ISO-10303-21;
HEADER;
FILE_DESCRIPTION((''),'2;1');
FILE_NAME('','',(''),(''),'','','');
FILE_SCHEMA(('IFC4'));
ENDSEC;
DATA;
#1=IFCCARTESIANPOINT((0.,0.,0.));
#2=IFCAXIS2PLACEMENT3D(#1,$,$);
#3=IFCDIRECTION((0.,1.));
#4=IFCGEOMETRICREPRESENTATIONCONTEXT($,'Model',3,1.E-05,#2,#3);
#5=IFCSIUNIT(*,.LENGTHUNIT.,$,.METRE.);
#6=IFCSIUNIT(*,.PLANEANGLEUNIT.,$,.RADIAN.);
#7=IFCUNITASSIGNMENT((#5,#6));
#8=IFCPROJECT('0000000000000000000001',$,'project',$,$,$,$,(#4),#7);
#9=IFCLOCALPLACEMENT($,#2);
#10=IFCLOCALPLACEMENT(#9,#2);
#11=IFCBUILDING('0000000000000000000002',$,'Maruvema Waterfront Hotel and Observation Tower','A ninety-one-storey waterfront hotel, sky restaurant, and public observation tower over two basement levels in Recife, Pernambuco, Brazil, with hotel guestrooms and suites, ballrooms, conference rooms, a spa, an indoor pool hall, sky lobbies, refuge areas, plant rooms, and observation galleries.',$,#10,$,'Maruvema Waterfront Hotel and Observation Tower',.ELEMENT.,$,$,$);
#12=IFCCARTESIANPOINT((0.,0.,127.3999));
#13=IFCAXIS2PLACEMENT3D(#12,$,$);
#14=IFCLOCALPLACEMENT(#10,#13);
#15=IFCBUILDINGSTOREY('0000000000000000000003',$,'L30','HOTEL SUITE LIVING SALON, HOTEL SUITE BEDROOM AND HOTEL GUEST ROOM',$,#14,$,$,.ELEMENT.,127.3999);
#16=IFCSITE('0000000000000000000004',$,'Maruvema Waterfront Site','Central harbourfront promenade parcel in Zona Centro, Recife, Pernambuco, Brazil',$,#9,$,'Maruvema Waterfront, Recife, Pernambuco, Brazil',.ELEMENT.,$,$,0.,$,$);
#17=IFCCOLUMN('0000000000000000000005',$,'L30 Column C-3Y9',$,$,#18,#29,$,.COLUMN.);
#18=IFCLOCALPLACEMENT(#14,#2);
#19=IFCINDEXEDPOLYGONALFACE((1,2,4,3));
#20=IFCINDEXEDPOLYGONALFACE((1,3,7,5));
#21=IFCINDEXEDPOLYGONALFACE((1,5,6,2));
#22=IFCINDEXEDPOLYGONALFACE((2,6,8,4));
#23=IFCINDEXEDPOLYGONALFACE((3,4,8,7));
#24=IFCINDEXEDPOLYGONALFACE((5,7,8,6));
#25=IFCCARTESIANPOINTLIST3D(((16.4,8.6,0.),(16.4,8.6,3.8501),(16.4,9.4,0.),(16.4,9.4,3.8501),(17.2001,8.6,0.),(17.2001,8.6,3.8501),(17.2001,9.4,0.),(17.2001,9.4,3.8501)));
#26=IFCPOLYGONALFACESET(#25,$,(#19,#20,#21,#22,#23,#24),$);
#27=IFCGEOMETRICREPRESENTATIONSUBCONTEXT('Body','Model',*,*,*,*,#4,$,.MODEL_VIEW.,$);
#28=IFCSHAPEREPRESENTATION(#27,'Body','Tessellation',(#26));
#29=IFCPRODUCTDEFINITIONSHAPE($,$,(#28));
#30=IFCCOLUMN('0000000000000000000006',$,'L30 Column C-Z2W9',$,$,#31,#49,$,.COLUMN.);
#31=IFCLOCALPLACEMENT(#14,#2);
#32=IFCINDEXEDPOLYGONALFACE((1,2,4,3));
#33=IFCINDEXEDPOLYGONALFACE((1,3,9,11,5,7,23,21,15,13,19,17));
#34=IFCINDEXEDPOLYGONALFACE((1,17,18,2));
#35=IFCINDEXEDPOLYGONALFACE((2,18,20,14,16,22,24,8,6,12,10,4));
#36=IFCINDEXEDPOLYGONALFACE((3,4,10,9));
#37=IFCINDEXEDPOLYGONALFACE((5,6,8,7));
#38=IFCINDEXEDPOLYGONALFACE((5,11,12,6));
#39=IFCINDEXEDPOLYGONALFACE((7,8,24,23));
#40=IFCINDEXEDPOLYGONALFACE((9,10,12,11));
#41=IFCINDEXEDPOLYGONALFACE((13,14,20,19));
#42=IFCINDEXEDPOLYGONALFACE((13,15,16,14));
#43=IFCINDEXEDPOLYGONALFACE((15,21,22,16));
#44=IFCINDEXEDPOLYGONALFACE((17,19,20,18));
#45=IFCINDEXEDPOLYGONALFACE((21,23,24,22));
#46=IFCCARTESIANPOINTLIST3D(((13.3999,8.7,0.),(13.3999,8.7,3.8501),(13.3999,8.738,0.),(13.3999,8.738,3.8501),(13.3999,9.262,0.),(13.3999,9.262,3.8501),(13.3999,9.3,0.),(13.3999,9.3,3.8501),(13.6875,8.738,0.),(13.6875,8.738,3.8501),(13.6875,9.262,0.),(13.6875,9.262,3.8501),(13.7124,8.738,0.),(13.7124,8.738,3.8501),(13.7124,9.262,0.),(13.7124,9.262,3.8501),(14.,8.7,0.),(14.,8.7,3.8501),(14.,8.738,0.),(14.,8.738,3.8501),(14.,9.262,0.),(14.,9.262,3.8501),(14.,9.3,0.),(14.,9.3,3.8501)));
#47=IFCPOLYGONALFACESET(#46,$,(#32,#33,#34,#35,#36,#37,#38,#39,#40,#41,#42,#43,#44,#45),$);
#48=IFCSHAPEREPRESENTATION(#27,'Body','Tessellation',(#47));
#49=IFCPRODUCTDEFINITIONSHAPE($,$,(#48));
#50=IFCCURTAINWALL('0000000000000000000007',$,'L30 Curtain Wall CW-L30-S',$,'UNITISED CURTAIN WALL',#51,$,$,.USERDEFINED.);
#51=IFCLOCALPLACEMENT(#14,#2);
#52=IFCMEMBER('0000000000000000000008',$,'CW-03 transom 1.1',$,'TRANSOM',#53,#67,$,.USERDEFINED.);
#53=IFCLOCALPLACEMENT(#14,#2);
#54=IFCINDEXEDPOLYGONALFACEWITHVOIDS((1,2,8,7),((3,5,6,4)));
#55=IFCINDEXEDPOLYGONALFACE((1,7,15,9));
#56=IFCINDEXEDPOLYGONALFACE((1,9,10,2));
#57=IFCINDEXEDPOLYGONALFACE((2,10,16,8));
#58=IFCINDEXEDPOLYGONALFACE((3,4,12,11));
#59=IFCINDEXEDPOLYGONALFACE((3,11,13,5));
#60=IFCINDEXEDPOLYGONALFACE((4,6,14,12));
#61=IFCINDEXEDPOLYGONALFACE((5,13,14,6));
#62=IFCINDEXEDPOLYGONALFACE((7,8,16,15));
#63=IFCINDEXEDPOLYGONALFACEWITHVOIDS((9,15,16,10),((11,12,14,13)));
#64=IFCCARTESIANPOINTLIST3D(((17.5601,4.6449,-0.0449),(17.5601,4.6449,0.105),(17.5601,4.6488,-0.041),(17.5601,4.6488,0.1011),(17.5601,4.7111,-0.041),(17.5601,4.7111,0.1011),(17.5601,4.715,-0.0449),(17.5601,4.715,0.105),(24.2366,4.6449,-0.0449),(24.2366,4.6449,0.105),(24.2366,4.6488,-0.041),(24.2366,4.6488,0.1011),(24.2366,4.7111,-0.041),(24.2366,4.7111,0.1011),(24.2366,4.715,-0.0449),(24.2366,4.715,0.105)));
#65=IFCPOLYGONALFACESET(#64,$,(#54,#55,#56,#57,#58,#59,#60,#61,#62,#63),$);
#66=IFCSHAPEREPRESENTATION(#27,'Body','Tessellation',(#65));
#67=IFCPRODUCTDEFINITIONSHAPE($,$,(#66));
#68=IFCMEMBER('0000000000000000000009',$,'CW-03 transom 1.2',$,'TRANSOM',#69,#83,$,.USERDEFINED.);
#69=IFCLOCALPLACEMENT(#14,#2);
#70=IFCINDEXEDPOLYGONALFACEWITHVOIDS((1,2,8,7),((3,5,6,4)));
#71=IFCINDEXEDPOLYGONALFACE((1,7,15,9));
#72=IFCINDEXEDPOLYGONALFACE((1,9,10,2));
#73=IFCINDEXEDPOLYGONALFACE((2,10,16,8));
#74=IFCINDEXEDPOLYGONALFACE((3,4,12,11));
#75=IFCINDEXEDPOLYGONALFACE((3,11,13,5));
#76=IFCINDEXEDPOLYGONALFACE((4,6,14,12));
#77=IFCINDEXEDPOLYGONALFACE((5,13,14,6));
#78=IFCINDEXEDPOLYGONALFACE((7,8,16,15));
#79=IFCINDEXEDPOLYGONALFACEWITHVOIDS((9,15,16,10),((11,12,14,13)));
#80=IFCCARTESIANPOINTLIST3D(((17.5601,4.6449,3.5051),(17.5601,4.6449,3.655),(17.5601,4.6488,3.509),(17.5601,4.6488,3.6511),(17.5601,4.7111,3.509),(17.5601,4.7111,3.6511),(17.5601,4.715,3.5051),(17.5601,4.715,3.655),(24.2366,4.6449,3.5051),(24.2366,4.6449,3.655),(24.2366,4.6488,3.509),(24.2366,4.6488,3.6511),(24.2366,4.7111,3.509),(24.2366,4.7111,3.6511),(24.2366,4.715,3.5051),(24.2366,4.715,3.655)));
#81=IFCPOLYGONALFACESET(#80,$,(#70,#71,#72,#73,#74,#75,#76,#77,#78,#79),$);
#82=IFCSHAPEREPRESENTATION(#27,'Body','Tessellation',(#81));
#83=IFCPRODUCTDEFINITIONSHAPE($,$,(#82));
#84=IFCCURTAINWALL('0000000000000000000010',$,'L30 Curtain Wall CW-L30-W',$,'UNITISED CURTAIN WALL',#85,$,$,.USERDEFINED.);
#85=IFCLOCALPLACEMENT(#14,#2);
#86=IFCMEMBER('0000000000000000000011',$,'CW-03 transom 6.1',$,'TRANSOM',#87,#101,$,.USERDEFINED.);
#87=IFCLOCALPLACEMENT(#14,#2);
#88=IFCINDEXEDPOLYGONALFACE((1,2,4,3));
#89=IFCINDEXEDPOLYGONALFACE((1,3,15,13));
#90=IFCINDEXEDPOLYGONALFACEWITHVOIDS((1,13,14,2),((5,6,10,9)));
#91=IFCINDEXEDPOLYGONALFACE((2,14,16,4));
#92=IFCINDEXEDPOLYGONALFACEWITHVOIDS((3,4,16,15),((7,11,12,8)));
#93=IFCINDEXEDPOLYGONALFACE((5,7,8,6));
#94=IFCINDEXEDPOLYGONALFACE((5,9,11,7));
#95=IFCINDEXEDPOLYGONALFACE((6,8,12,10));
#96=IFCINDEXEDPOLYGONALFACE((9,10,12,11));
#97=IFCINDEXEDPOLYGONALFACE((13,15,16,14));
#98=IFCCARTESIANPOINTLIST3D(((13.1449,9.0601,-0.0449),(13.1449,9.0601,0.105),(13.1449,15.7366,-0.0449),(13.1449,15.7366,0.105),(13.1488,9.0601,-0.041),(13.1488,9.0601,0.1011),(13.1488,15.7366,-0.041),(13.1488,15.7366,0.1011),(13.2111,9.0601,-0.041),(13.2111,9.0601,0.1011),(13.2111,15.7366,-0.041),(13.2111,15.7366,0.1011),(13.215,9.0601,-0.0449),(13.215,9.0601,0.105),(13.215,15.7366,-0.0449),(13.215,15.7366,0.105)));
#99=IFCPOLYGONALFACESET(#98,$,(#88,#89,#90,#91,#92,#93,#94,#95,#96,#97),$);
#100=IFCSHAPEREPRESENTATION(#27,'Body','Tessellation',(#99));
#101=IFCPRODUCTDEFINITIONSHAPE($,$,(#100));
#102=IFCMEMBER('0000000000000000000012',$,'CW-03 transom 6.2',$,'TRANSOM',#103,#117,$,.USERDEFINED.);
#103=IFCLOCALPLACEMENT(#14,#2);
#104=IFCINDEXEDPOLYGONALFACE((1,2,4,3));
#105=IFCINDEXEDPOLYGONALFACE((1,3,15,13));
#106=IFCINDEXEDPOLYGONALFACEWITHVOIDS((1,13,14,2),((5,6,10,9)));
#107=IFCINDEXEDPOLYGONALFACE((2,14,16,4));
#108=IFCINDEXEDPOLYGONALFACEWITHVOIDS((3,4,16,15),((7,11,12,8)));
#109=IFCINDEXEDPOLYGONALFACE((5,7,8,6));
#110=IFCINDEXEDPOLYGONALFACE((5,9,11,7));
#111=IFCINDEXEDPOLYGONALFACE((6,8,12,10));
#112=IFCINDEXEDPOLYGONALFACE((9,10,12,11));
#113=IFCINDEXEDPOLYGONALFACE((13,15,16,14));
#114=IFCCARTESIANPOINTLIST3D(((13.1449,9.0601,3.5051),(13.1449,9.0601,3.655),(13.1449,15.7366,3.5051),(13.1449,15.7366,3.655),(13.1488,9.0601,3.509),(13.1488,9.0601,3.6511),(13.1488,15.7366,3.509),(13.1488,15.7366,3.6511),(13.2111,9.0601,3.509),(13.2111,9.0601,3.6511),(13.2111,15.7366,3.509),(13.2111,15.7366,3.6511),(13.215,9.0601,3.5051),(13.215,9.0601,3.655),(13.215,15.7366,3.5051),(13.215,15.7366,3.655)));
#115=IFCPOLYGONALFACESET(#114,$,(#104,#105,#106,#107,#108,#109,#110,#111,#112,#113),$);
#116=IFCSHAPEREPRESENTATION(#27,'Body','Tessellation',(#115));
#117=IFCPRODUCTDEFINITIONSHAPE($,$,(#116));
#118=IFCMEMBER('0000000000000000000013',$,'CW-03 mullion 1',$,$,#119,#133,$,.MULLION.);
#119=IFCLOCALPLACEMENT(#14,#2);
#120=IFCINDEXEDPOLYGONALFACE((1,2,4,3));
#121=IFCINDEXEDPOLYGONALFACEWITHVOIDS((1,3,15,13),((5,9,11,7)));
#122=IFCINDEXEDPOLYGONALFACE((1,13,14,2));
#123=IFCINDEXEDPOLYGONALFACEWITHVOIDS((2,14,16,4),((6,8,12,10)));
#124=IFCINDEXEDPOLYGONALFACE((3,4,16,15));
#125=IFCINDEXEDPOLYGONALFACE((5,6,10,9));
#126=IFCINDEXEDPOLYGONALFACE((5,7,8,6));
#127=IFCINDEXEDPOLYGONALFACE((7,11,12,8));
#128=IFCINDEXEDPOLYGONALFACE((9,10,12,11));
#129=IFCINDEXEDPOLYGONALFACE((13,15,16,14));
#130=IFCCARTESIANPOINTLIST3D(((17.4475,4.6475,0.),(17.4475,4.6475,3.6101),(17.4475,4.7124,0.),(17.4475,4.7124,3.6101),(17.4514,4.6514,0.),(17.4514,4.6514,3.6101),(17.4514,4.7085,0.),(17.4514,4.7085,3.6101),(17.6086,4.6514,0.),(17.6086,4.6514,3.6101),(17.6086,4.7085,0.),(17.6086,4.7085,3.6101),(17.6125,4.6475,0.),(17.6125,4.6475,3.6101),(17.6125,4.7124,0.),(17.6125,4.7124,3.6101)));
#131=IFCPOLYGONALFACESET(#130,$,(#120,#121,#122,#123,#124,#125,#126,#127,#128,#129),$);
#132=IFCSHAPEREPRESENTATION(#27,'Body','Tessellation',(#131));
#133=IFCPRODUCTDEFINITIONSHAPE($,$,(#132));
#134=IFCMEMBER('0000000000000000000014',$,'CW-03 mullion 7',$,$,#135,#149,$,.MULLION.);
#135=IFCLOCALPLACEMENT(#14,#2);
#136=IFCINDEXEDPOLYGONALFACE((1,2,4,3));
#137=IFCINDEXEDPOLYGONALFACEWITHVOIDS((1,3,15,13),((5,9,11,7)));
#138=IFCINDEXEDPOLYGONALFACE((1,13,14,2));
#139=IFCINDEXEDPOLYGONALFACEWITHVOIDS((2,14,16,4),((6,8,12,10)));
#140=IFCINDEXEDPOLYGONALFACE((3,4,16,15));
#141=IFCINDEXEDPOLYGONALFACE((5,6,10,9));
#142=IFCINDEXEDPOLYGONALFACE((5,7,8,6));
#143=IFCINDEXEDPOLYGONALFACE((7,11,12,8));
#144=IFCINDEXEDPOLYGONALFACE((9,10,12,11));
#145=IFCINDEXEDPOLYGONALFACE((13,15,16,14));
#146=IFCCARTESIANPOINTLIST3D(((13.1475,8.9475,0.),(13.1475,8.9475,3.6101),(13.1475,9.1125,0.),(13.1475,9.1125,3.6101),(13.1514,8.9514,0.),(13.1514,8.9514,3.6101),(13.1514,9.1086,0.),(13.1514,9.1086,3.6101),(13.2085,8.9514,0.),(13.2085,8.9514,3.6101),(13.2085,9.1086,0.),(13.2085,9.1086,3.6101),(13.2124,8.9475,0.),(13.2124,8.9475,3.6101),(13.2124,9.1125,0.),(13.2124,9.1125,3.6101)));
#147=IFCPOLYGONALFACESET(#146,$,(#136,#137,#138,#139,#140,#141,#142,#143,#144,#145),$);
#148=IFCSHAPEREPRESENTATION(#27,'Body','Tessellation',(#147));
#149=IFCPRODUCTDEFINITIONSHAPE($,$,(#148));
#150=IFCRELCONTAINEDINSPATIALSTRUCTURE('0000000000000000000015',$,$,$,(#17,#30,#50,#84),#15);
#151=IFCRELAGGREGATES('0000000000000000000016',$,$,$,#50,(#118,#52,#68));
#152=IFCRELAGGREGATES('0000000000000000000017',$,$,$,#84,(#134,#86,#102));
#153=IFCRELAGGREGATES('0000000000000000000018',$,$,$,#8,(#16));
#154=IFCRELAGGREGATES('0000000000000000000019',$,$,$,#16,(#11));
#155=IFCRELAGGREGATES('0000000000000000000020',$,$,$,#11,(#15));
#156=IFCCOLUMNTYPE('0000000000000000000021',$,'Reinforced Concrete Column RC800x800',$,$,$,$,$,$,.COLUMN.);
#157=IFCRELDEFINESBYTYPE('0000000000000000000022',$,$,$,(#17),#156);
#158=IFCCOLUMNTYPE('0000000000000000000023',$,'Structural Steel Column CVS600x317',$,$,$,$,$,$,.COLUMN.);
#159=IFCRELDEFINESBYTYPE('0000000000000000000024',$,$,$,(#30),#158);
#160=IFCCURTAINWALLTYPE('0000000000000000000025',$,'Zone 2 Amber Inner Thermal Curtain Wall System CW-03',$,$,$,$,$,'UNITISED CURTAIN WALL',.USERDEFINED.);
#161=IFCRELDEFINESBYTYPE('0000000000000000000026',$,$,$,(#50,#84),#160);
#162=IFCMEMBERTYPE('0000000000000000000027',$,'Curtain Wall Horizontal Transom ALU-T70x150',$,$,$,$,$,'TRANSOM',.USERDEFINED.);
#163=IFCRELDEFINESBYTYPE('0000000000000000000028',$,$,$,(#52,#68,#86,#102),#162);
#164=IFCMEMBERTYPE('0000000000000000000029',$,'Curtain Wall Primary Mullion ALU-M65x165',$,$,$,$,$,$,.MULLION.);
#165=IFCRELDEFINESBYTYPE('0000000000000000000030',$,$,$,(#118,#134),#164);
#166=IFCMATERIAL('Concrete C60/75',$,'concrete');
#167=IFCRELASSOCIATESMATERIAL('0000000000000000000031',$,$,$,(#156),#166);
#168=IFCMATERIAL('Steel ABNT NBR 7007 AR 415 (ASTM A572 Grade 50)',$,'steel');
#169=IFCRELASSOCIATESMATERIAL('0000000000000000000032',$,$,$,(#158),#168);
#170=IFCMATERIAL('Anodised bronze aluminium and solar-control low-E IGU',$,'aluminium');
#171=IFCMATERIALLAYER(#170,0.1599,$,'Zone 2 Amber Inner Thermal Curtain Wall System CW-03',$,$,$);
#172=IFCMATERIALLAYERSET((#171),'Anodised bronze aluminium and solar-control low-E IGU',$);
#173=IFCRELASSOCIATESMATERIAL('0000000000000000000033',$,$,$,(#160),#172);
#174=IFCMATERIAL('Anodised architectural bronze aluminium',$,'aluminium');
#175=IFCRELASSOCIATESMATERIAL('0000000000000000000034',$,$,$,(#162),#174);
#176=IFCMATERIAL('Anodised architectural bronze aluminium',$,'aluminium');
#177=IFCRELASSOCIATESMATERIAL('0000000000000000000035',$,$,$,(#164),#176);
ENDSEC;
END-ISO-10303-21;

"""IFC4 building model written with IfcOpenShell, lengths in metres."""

from ifc_helpers import new_model, si_unit, direction, frame, origin, origin_2d, place, context, subcontext, project, spatial, rectangle, hollow_rectangle, i_section, extrude, material, layer, layer_set, material_profile, profile_set, type_object, element, aggregate, save


model = new_model("IFC4")

# Units and contexts
model_context = context("Model", 3, precision=1e-05, world=origin(), true_north=direction((0.0, 1.0)))
body_context = subcontext(model_context, "Body", "Model", "MODEL_VIEW")
ifc_project = project(units=[si_unit("LENGTHUNIT", "METRE"), si_unit("PLANEANGLEUNIT", "RADIAN")], contexts=[model_context])

# Site, building, storey
site_placement = place(None, origin())
site = spatial("IfcSite", under=ifc_project, at=site_placement, Name="Maruvema Waterfront Site", Description="Central harbourfront promenade parcel in Zona Centro, Recife, Pernambuco, Brazil", LongName="Maruvema Waterfront, Recife, Pernambuco, Brazil", CompositionType="ELEMENT", RefElevation=0.0)
building_placement = place(site_placement, origin())
building = spatial("IfcBuilding", under=site, at=building_placement, Name="Maruvema Waterfront Hotel and Observation Tower", Description="A ninety-one-storey waterfront hotel, sky restaurant, and public observation tower over two basement levels in Recife, Pernambuco, Brazil, with hotel guestrooms and suites, ballrooms, conference rooms, a spa, an indoor pool hall, sky lobbies, refuge areas, plant rooms, and observation galleries.", LongName="Maruvema Waterfront Hotel and Observation Tower", CompositionType="ELEMENT")
storey_placement = place(building_placement, frame((0.0, 0.0, 127.3999)))
storey = spatial("IfcBuildingStorey", under=building, at=storey_placement, Name="L30", Description="HOTEL SUITE LIVING SALON, HOTEL SUITE BEDROOM AND HOTEL GUEST ROOM", CompositionType="ELEMENT", Elevation=127.3999)

# Columns
ifc_material_1 = material(Name="Concrete C60/75", Category="concrete")
ifc_material_profile_1 = material_profile(ifc_material_1, rectangle(XDim=0.8, YDim=0.8, at=origin_2d()), Name="RC800x800")
ifc_profile_set_1 = profile_set([ifc_material_profile_1], Name="Concrete C60/75")
column_type_1 = type_object("IfcColumnType", Name="Reinforced Concrete Column RC800x800", PredefinedType="COLUMN", material=ifc_profile_set_1)
column_1_placement = place(storey_placement, frame((16.8, 9.0, 0.0), z_axis=(0.0, 0.0, 1.0), x_axis=(1.0, 0.0, 0.0)))
element("IfcColumn", 1, at=column_1_placement, inside=storey, type_object=column_type_1, Name="L30 Column C-3Y9", PredefinedType="COLUMN", context=body_context, shape_type="SweptSolid", body=[
    extrude(rectangle(XDim=0.8, YDim=0.8, at=origin_2d()), origin(), (0.0, 0.0, 1.0), 3.8501),
])
ifc_material_2 = material(Name="Steel ABNT NBR 7007 AR 415 (ASTM A572 Grade 50)", Category="steel")
ifc_material_profile_2 = material_profile(ifc_material_2, i_section(OverallWidth=0.6001, OverallDepth=0.6001, WebThickness=0.0249, FlangeThickness=0.0381, at=origin_2d()), Name="CVS600x317")
ifc_profile_set_2 = profile_set([ifc_material_profile_2], Name="Steel ABNT NBR 7007 AR 415 (ASTM A572 Grade 50)")
column_type_2 = type_object("IfcColumnType", Name="Structural Steel Column CVS600x317", PredefinedType="COLUMN", material=ifc_profile_set_2)
column_2_placement = place(storey_placement, frame((13.7, 9.0, 0.0), z_axis=(0.0, 0.0, 1.0), x_axis=(1.0, 0.0, 0.0)))
element("IfcColumn", 2, at=column_2_placement, inside=storey, type_object=column_type_2, Name="L30 Column C-Z2W9", PredefinedType="COLUMN", context=body_context, shape_type="SweptSolid", body=[
    extrude(i_section(OverallWidth=0.6001, OverallDepth=0.6001, WebThickness=0.0249, FlangeThickness=0.0381, at=origin_2d()), origin(), (0.0, 0.0, 1.0), 3.8501),
])

# Curtain walls, members
ifc_material_3 = material(Name="Anodised bronze aluminium and solar-control low-E IGU", Category="aluminium")
ifc_layer_1 = layer(ifc_material_3, 0.1599, Name="Zone 2 Amber Inner Thermal Curtain Wall System CW-03")
ifc_layer_set_1 = layer_set([ifc_layer_1], Name="Anodised bronze aluminium and solar-control low-E IGU")
curtain_wall_type = type_object("IfcCurtainWallType", Name="Zone 2 Amber Inner Thermal Curtain Wall System CW-03", ElementType="UNITISED CURTAIN WALL", PredefinedType="USERDEFINED", material=ifc_layer_set_1)
curtain_wall_1_placement = place(storey_placement, origin())
curtain_wall_1 = element("IfcCurtainWall", 3, at=curtain_wall_1_placement, inside=storey, type_object=curtain_wall_type, Name="L30 Curtain Wall CW-L30-S", ObjectType="UNITISED CURTAIN WALL", PredefinedType="USERDEFINED")
ifc_material_4 = material(Name="Anodised architectural bronze aluminium", Category="aluminium")
ifc_material_profile_3 = material_profile(ifc_material_4, hollow_rectangle(XDim=0.0701, YDim=0.1499, WallThickness=0.0039, at=origin_2d()), Name="ALU-T70x150")
ifc_profile_set_3 = profile_set([ifc_material_profile_3], Name="Anodised architectural bronze aluminium")
member_type_1 = type_object("IfcMemberType", Name="Curtain Wall Horizontal Transom ALU-T70x150", ElementType="TRANSOM", PredefinedType="USERDEFINED", material=ifc_profile_set_3)
member_1_placement = place(storey_placement, frame((17.5601, 4.6799, 0.03), z_axis=(1.0, 0.0, 0.0), x_axis=(0.0, 1.0, 0.0)))
member_1 = element("IfcMember", 4, at=member_1_placement, type_object=member_type_1, Name="CW-03 transom 1.1", ObjectType="TRANSOM", PredefinedType="USERDEFINED", context=body_context, shape_type="SweptSolid", body=[
    extrude(hollow_rectangle(XDim=0.0701, YDim=0.1499, WallThickness=0.0039, at=origin_2d()), origin(), (0.0, 0.0, 1.0), 6.6765),
])
member_2_placement = place(storey_placement, frame((17.5601, 4.6799, 3.5801), z_axis=(1.0, 0.0, 0.0), x_axis=(0.0, 1.0, 0.0)))
member_2 = element("IfcMember", 5, at=member_2_placement, type_object=member_type_1, Name="CW-03 transom 1.2", ObjectType="TRANSOM", PredefinedType="USERDEFINED", context=body_context, shape_type="SweptSolid", body=[
    extrude(hollow_rectangle(XDim=0.0701, YDim=0.1499, WallThickness=0.0039, at=origin_2d()), origin(), (0.0, 0.0, 1.0), 6.6765),
])
curtain_wall_2_placement = place(storey_placement, origin())
curtain_wall_2 = element("IfcCurtainWall", 6, at=curtain_wall_2_placement, inside=storey, type_object=curtain_wall_type, Name="L30 Curtain Wall CW-L30-W", ObjectType="UNITISED CURTAIN WALL", PredefinedType="USERDEFINED")
member_3_placement = place(storey_placement, frame((13.1799, 15.7366, 0.03), z_axis=(0.0, -1.0, 0.0), x_axis=(1.0, 0.0, 0.0)))
member_3 = element("IfcMember", 7, at=member_3_placement, type_object=member_type_1, Name="CW-03 transom 6.1", ObjectType="TRANSOM", PredefinedType="USERDEFINED", context=body_context, shape_type="SweptSolid", body=[
    extrude(hollow_rectangle(XDim=0.0701, YDim=0.1499, WallThickness=0.0039, at=origin_2d()), origin(), (0.0, 0.0, 1.0), 6.6765),
])
member_4_placement = place(storey_placement, frame((13.1799, 15.7366, 3.5801), z_axis=(0.0, -1.0, 0.0), x_axis=(1.0, 0.0, 0.0)))
member_4 = element("IfcMember", 8, at=member_4_placement, type_object=member_type_1, Name="CW-03 transom 6.2", ObjectType="TRANSOM", PredefinedType="USERDEFINED", context=body_context, shape_type="SweptSolid", body=[
    extrude(hollow_rectangle(XDim=0.0701, YDim=0.1499, WallThickness=0.0039, at=origin_2d()), origin(), (0.0, 0.0, 1.0), 6.6765),
])

# Members
ifc_material_5 = material(Name="Anodised architectural bronze aluminium", Category="aluminium")
ifc_material_profile_4 = material_profile(ifc_material_5, hollow_rectangle(XDim=0.0649, YDim=0.165, WallThickness=0.0039, at=origin_2d()), Name="ALU-M65x165")
ifc_profile_set_4 = profile_set([ifc_material_profile_4], Name="Anodised architectural bronze aluminium")
member_type_2 = type_object("IfcMemberType", Name="Curtain Wall Primary Mullion ALU-M65x165", PredefinedType="MULLION", material=ifc_profile_set_4)
member_5_placement = place(storey_placement, frame((17.53, 4.6799, 0.0), z_axis=(0.0, 0.0, 1.0), x_axis=(0.0, 1.0, 0.0)))
member_5 = element("IfcMember", 9, at=member_5_placement, type_object=member_type_2, Name="CW-03 mullion 1", PredefinedType="MULLION", context=body_context, shape_type="SweptSolid", body=[
    extrude(hollow_rectangle(XDim=0.0649, YDim=0.165, WallThickness=0.0039, at=origin_2d()), origin(), (0.0, 0.0, 1.0), 3.6101),
])
member_6_placement = place(storey_placement, frame((13.1799, 9.03, 0.0), z_axis=(0.0, 0.0, 1.0), x_axis=(1.0, 0.0, 0.0)))
member_6 = element("IfcMember", 10, at=member_6_placement, type_object=member_type_2, Name="CW-03 mullion 7", PredefinedType="MULLION", context=body_context, shape_type="SweptSolid", body=[
    extrude(hollow_rectangle(XDim=0.0649, YDim=0.165, WallThickness=0.0039, at=origin_2d()), origin(), (0.0, 0.0, 1.0), 3.6101),
])

aggregate(curtain_wall_1, [member_5, member_1, member_2])
aggregate(curtain_wall_2, [member_6, member_3, member_4])

save(model, "model.ifc")
